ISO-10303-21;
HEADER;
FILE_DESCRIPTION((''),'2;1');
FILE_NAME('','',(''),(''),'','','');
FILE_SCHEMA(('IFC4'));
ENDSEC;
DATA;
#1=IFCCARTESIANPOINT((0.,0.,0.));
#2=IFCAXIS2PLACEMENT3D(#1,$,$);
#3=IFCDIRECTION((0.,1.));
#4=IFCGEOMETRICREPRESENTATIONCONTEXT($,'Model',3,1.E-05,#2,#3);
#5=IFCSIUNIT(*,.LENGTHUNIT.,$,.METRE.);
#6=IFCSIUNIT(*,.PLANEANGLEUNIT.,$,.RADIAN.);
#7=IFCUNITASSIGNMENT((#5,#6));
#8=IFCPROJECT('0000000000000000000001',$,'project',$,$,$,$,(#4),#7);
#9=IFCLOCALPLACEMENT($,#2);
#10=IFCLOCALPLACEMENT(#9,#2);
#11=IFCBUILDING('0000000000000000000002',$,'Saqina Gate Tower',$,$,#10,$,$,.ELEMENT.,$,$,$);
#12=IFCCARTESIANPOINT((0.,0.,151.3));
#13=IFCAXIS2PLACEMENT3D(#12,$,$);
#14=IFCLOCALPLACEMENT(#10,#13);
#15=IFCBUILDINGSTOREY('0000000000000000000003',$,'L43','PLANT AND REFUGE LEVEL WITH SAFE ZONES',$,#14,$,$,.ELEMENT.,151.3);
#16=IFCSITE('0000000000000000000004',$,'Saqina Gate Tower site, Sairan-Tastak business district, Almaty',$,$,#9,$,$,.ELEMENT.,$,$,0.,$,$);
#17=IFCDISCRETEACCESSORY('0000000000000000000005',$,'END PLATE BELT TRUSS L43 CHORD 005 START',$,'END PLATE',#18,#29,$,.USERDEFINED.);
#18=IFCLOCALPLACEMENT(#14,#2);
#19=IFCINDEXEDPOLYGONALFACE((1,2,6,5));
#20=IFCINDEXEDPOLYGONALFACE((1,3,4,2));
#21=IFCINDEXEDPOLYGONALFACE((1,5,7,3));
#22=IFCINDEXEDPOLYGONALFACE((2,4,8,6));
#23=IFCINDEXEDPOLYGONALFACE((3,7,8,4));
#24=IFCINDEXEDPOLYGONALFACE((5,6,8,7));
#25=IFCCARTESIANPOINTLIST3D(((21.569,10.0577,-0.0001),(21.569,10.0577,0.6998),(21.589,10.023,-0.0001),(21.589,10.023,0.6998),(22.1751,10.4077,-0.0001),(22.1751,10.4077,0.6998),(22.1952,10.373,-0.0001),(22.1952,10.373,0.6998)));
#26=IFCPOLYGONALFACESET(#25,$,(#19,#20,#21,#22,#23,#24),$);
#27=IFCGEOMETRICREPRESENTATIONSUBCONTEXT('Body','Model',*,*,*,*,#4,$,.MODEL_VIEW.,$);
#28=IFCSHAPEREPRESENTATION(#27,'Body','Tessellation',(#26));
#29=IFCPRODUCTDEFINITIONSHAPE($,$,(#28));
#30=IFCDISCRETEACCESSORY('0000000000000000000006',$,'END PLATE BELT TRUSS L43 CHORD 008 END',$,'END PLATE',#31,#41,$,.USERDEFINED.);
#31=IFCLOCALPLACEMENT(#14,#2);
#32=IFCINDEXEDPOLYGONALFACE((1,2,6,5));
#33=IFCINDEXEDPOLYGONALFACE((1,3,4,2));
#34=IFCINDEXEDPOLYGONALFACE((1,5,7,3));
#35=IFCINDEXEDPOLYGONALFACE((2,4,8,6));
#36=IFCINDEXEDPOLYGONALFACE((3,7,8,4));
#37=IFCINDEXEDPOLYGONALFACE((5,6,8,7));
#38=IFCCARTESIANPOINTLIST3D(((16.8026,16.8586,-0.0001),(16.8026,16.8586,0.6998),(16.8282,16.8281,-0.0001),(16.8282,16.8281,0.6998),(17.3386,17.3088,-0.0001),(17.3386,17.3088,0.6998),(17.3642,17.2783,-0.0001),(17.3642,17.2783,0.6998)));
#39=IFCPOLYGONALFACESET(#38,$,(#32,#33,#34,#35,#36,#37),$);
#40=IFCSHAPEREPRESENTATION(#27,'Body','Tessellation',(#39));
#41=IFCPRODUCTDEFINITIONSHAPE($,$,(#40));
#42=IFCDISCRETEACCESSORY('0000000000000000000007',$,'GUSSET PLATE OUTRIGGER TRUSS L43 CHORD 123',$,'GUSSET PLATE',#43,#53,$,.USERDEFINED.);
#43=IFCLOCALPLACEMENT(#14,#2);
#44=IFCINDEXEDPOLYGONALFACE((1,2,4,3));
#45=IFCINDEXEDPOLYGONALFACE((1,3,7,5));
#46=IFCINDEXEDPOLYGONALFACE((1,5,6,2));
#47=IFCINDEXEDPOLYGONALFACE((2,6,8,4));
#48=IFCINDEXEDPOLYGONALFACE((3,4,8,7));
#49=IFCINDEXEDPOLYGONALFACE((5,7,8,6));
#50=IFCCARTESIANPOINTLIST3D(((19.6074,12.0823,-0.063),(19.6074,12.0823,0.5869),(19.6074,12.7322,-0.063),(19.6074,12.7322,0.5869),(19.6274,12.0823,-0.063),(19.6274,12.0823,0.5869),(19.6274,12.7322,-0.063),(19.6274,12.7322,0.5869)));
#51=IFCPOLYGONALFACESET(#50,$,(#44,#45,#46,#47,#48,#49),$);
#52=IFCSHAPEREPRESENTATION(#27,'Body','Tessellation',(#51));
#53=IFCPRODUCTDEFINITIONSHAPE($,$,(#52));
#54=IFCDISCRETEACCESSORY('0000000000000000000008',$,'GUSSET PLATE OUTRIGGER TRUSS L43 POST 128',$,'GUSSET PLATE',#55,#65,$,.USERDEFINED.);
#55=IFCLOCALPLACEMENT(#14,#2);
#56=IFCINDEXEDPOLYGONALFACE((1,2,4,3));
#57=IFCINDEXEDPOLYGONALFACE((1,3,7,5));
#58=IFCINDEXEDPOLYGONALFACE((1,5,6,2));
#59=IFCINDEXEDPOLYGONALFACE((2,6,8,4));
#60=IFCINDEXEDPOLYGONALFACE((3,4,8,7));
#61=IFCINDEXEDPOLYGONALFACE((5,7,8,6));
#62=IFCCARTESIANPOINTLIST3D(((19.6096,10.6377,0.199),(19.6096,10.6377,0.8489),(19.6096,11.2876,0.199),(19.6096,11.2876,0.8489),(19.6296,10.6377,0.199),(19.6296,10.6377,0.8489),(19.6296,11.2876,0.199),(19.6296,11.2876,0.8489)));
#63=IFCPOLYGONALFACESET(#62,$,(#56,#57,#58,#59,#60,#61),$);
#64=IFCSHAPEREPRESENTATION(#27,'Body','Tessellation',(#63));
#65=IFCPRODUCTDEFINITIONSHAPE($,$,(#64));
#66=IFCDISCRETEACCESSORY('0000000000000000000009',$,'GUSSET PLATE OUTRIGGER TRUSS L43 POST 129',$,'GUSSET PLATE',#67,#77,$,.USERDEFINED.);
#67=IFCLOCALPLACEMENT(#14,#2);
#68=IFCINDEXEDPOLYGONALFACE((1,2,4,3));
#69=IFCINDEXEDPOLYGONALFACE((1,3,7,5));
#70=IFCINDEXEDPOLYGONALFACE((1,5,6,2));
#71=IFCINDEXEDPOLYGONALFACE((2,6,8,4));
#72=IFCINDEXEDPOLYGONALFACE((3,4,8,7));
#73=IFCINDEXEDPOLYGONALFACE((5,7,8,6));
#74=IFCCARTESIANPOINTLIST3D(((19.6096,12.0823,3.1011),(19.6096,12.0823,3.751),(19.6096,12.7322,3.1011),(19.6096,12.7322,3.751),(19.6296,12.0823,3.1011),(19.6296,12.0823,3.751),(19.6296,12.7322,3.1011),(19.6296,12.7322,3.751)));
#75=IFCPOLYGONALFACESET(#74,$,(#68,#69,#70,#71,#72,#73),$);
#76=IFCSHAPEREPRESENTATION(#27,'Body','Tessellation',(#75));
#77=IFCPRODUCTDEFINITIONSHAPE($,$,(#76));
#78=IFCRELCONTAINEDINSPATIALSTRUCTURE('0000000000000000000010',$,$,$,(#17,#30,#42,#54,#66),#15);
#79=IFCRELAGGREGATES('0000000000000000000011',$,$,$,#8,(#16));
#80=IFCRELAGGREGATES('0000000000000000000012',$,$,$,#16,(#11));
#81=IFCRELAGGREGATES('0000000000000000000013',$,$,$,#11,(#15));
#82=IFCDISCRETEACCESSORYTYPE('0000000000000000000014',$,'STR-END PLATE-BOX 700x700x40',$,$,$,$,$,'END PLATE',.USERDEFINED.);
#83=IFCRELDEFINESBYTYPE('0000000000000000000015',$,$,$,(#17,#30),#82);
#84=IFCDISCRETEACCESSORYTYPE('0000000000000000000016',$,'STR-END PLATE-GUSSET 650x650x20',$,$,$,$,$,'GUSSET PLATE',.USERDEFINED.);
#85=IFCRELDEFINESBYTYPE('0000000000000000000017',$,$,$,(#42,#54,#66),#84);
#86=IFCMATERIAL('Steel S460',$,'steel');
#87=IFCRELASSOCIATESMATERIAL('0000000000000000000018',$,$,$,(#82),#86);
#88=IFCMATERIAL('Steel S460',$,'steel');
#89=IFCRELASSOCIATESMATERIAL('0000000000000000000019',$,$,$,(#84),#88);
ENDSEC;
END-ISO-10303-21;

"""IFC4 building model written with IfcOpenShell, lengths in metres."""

from ifc_helpers import new_model, si_unit, direction, frame, origin, origin_2d, place, context, subcontext, project, spatial, rectangle, extrude, material, material_profile, profile_set, type_object, element, save


model = new_model("IFC4")

# Units and contexts
model_context = context("Model", 3, precision=1e-05, world=origin(), true_north=direction((0.0, 1.0)))
body_context = subcontext(model_context, "Body", "Model", "MODEL_VIEW")
ifc_project = project(units=[si_unit("LENGTHUNIT", "METRE"), si_unit("PLANEANGLEUNIT", "RADIAN")], contexts=[model_context])

# Site, building, storey
site_placement = place(None, origin())
site = spatial("IfcSite", under=ifc_project, at=site_placement, Name="Saqina Gate Tower site, Sairan-Tastak business district, Almaty", CompositionType="ELEMENT", RefElevation=0.0)
building_placement = place(site_placement, origin())
building = spatial("IfcBuilding", under=site, at=building_placement, Name="Saqina Gate Tower", CompositionType="ELEMENT")
storey_placement = place(building_placement, frame((0.0, 0.0, 151.3)))
storey = spatial("IfcBuildingStorey", under=building, at=storey_placement, Name="L43", Description="PLANT AND REFUGE LEVEL WITH SAFE ZONES", CompositionType="ELEMENT", Elevation=151.3)

# Discrete accessories
ifc_material_1 = material(Name="Steel S460", Category="steel")
ifc_material_profile_1 = material_profile(ifc_material_1, rectangle(XDim=0.7, YDim=0.7, at=origin_2d()), Name="STR-END PLATE-BOX 700x700x40")
ifc_profile_set_1 = profile_set([ifc_material_profile_1], Name="Steel S460")
discrete_accessory_type_1 = type_object("IfcDiscreteAccessoryType", Name="STR-END PLATE-BOX 700x700x40", ElementType="END PLATE", PredefinedType="USERDEFINED", material=ifc_profile_set_1)
discrete_accessory_1_placement = place(storey_placement, frame((21.8721, 10.2327, 0.3499), z_axis=(0.500074, -0.865982, 0.0), x_axis=(-0.865982, -0.500074, 0.0)))
element("IfcDiscreteAccessory", 1, at=discrete_accessory_1_placement, inside=storey, type_object=discrete_accessory_type_1, Name="END PLATE BELT TRUSS L43 CHORD 005 START", ObjectType="END PLATE", PredefinedType="USERDEFINED", context=body_context, shape_type="SweptSolid", body=[
    extrude(rectangle(XDim=0.7, YDim=0.7, at=origin_2d()), origin(), (0.0, 0.0, 1.0), 0.04),
])
discrete_accessory_2_placement = place(storey_placement, frame((17.0962, 17.0532, 0.3499), z_axis=(-0.643192, 0.765705, 0.0), x_axis=(-0.765705, -0.643192, 0.0)))
element("IfcDiscreteAccessory", 2, at=discrete_accessory_2_placement, inside=storey, type_object=discrete_accessory_type_1, Name="END PLATE BELT TRUSS L43 CHORD 008 END", ObjectType="END PLATE", PredefinedType="USERDEFINED", context=body_context, shape_type="SweptSolid", body=[
    extrude(rectangle(XDim=0.7, YDim=0.7, at=origin_2d()), origin(), (0.0, 0.0, 1.0), 0.0398),
])
ifc_material_2 = material(Name="Steel S460", Category="steel")
ifc_material_profile_2 = material_profile(ifc_material_2, rectangle(XDim=0.6499, YDim=0.6499, at=origin_2d()), Name="STR-END PLATE-GUSSET 650x650x20")
ifc_profile_set_2 = profile_set([ifc_material_profile_2], Name="Steel S460")
discrete_accessory_type_2 = type_object("IfcDiscreteAccessoryType", Name="STR-END PLATE-GUSSET 650x650x20", ElementType="GUSSET PLATE", PredefinedType="USERDEFINED", material=ifc_profile_set_2)
for number, where, z_axis, x_axis, name in (
    (3, (19.6274, 12.4072, 0.262), (-1.0, 0.0, 0.0), (0.0, -1.0, 0.0), "GUSSET PLATE OUTRIGGER TRUSS L43 CHORD 123"),
    (4, (19.6296, 10.9626, 0.5239), (-1.0, 0.0, 0.0), (0.0, -1.0, 0.0), "GUSSET PLATE OUTRIGGER TRUSS L43 POST 128"),
    (5, (19.6296, 12.4072, 3.426), (-1.0, 0.0, 0.0), (0.0, -1.0, 0.0), "GUSSET PLATE OUTRIGGER TRUSS L43 POST 129"),
):
    element("IfcDiscreteAccessory", number, at=place(storey_placement, frame(where, z_axis=z_axis, x_axis=x_axis)), inside=storey, type_object=discrete_accessory_type_2, Name=name, ObjectType="GUSSET PLATE", PredefinedType="USERDEFINED", context=body_context, shape_type="SweptSolid", body=[
        extrude(rectangle(XDim=0.6499, YDim=0.6499, at=origin_2d()), origin(), (0.0, 0.0, 1.0), 0.02),
    ])

save(model, "model.ifc")
